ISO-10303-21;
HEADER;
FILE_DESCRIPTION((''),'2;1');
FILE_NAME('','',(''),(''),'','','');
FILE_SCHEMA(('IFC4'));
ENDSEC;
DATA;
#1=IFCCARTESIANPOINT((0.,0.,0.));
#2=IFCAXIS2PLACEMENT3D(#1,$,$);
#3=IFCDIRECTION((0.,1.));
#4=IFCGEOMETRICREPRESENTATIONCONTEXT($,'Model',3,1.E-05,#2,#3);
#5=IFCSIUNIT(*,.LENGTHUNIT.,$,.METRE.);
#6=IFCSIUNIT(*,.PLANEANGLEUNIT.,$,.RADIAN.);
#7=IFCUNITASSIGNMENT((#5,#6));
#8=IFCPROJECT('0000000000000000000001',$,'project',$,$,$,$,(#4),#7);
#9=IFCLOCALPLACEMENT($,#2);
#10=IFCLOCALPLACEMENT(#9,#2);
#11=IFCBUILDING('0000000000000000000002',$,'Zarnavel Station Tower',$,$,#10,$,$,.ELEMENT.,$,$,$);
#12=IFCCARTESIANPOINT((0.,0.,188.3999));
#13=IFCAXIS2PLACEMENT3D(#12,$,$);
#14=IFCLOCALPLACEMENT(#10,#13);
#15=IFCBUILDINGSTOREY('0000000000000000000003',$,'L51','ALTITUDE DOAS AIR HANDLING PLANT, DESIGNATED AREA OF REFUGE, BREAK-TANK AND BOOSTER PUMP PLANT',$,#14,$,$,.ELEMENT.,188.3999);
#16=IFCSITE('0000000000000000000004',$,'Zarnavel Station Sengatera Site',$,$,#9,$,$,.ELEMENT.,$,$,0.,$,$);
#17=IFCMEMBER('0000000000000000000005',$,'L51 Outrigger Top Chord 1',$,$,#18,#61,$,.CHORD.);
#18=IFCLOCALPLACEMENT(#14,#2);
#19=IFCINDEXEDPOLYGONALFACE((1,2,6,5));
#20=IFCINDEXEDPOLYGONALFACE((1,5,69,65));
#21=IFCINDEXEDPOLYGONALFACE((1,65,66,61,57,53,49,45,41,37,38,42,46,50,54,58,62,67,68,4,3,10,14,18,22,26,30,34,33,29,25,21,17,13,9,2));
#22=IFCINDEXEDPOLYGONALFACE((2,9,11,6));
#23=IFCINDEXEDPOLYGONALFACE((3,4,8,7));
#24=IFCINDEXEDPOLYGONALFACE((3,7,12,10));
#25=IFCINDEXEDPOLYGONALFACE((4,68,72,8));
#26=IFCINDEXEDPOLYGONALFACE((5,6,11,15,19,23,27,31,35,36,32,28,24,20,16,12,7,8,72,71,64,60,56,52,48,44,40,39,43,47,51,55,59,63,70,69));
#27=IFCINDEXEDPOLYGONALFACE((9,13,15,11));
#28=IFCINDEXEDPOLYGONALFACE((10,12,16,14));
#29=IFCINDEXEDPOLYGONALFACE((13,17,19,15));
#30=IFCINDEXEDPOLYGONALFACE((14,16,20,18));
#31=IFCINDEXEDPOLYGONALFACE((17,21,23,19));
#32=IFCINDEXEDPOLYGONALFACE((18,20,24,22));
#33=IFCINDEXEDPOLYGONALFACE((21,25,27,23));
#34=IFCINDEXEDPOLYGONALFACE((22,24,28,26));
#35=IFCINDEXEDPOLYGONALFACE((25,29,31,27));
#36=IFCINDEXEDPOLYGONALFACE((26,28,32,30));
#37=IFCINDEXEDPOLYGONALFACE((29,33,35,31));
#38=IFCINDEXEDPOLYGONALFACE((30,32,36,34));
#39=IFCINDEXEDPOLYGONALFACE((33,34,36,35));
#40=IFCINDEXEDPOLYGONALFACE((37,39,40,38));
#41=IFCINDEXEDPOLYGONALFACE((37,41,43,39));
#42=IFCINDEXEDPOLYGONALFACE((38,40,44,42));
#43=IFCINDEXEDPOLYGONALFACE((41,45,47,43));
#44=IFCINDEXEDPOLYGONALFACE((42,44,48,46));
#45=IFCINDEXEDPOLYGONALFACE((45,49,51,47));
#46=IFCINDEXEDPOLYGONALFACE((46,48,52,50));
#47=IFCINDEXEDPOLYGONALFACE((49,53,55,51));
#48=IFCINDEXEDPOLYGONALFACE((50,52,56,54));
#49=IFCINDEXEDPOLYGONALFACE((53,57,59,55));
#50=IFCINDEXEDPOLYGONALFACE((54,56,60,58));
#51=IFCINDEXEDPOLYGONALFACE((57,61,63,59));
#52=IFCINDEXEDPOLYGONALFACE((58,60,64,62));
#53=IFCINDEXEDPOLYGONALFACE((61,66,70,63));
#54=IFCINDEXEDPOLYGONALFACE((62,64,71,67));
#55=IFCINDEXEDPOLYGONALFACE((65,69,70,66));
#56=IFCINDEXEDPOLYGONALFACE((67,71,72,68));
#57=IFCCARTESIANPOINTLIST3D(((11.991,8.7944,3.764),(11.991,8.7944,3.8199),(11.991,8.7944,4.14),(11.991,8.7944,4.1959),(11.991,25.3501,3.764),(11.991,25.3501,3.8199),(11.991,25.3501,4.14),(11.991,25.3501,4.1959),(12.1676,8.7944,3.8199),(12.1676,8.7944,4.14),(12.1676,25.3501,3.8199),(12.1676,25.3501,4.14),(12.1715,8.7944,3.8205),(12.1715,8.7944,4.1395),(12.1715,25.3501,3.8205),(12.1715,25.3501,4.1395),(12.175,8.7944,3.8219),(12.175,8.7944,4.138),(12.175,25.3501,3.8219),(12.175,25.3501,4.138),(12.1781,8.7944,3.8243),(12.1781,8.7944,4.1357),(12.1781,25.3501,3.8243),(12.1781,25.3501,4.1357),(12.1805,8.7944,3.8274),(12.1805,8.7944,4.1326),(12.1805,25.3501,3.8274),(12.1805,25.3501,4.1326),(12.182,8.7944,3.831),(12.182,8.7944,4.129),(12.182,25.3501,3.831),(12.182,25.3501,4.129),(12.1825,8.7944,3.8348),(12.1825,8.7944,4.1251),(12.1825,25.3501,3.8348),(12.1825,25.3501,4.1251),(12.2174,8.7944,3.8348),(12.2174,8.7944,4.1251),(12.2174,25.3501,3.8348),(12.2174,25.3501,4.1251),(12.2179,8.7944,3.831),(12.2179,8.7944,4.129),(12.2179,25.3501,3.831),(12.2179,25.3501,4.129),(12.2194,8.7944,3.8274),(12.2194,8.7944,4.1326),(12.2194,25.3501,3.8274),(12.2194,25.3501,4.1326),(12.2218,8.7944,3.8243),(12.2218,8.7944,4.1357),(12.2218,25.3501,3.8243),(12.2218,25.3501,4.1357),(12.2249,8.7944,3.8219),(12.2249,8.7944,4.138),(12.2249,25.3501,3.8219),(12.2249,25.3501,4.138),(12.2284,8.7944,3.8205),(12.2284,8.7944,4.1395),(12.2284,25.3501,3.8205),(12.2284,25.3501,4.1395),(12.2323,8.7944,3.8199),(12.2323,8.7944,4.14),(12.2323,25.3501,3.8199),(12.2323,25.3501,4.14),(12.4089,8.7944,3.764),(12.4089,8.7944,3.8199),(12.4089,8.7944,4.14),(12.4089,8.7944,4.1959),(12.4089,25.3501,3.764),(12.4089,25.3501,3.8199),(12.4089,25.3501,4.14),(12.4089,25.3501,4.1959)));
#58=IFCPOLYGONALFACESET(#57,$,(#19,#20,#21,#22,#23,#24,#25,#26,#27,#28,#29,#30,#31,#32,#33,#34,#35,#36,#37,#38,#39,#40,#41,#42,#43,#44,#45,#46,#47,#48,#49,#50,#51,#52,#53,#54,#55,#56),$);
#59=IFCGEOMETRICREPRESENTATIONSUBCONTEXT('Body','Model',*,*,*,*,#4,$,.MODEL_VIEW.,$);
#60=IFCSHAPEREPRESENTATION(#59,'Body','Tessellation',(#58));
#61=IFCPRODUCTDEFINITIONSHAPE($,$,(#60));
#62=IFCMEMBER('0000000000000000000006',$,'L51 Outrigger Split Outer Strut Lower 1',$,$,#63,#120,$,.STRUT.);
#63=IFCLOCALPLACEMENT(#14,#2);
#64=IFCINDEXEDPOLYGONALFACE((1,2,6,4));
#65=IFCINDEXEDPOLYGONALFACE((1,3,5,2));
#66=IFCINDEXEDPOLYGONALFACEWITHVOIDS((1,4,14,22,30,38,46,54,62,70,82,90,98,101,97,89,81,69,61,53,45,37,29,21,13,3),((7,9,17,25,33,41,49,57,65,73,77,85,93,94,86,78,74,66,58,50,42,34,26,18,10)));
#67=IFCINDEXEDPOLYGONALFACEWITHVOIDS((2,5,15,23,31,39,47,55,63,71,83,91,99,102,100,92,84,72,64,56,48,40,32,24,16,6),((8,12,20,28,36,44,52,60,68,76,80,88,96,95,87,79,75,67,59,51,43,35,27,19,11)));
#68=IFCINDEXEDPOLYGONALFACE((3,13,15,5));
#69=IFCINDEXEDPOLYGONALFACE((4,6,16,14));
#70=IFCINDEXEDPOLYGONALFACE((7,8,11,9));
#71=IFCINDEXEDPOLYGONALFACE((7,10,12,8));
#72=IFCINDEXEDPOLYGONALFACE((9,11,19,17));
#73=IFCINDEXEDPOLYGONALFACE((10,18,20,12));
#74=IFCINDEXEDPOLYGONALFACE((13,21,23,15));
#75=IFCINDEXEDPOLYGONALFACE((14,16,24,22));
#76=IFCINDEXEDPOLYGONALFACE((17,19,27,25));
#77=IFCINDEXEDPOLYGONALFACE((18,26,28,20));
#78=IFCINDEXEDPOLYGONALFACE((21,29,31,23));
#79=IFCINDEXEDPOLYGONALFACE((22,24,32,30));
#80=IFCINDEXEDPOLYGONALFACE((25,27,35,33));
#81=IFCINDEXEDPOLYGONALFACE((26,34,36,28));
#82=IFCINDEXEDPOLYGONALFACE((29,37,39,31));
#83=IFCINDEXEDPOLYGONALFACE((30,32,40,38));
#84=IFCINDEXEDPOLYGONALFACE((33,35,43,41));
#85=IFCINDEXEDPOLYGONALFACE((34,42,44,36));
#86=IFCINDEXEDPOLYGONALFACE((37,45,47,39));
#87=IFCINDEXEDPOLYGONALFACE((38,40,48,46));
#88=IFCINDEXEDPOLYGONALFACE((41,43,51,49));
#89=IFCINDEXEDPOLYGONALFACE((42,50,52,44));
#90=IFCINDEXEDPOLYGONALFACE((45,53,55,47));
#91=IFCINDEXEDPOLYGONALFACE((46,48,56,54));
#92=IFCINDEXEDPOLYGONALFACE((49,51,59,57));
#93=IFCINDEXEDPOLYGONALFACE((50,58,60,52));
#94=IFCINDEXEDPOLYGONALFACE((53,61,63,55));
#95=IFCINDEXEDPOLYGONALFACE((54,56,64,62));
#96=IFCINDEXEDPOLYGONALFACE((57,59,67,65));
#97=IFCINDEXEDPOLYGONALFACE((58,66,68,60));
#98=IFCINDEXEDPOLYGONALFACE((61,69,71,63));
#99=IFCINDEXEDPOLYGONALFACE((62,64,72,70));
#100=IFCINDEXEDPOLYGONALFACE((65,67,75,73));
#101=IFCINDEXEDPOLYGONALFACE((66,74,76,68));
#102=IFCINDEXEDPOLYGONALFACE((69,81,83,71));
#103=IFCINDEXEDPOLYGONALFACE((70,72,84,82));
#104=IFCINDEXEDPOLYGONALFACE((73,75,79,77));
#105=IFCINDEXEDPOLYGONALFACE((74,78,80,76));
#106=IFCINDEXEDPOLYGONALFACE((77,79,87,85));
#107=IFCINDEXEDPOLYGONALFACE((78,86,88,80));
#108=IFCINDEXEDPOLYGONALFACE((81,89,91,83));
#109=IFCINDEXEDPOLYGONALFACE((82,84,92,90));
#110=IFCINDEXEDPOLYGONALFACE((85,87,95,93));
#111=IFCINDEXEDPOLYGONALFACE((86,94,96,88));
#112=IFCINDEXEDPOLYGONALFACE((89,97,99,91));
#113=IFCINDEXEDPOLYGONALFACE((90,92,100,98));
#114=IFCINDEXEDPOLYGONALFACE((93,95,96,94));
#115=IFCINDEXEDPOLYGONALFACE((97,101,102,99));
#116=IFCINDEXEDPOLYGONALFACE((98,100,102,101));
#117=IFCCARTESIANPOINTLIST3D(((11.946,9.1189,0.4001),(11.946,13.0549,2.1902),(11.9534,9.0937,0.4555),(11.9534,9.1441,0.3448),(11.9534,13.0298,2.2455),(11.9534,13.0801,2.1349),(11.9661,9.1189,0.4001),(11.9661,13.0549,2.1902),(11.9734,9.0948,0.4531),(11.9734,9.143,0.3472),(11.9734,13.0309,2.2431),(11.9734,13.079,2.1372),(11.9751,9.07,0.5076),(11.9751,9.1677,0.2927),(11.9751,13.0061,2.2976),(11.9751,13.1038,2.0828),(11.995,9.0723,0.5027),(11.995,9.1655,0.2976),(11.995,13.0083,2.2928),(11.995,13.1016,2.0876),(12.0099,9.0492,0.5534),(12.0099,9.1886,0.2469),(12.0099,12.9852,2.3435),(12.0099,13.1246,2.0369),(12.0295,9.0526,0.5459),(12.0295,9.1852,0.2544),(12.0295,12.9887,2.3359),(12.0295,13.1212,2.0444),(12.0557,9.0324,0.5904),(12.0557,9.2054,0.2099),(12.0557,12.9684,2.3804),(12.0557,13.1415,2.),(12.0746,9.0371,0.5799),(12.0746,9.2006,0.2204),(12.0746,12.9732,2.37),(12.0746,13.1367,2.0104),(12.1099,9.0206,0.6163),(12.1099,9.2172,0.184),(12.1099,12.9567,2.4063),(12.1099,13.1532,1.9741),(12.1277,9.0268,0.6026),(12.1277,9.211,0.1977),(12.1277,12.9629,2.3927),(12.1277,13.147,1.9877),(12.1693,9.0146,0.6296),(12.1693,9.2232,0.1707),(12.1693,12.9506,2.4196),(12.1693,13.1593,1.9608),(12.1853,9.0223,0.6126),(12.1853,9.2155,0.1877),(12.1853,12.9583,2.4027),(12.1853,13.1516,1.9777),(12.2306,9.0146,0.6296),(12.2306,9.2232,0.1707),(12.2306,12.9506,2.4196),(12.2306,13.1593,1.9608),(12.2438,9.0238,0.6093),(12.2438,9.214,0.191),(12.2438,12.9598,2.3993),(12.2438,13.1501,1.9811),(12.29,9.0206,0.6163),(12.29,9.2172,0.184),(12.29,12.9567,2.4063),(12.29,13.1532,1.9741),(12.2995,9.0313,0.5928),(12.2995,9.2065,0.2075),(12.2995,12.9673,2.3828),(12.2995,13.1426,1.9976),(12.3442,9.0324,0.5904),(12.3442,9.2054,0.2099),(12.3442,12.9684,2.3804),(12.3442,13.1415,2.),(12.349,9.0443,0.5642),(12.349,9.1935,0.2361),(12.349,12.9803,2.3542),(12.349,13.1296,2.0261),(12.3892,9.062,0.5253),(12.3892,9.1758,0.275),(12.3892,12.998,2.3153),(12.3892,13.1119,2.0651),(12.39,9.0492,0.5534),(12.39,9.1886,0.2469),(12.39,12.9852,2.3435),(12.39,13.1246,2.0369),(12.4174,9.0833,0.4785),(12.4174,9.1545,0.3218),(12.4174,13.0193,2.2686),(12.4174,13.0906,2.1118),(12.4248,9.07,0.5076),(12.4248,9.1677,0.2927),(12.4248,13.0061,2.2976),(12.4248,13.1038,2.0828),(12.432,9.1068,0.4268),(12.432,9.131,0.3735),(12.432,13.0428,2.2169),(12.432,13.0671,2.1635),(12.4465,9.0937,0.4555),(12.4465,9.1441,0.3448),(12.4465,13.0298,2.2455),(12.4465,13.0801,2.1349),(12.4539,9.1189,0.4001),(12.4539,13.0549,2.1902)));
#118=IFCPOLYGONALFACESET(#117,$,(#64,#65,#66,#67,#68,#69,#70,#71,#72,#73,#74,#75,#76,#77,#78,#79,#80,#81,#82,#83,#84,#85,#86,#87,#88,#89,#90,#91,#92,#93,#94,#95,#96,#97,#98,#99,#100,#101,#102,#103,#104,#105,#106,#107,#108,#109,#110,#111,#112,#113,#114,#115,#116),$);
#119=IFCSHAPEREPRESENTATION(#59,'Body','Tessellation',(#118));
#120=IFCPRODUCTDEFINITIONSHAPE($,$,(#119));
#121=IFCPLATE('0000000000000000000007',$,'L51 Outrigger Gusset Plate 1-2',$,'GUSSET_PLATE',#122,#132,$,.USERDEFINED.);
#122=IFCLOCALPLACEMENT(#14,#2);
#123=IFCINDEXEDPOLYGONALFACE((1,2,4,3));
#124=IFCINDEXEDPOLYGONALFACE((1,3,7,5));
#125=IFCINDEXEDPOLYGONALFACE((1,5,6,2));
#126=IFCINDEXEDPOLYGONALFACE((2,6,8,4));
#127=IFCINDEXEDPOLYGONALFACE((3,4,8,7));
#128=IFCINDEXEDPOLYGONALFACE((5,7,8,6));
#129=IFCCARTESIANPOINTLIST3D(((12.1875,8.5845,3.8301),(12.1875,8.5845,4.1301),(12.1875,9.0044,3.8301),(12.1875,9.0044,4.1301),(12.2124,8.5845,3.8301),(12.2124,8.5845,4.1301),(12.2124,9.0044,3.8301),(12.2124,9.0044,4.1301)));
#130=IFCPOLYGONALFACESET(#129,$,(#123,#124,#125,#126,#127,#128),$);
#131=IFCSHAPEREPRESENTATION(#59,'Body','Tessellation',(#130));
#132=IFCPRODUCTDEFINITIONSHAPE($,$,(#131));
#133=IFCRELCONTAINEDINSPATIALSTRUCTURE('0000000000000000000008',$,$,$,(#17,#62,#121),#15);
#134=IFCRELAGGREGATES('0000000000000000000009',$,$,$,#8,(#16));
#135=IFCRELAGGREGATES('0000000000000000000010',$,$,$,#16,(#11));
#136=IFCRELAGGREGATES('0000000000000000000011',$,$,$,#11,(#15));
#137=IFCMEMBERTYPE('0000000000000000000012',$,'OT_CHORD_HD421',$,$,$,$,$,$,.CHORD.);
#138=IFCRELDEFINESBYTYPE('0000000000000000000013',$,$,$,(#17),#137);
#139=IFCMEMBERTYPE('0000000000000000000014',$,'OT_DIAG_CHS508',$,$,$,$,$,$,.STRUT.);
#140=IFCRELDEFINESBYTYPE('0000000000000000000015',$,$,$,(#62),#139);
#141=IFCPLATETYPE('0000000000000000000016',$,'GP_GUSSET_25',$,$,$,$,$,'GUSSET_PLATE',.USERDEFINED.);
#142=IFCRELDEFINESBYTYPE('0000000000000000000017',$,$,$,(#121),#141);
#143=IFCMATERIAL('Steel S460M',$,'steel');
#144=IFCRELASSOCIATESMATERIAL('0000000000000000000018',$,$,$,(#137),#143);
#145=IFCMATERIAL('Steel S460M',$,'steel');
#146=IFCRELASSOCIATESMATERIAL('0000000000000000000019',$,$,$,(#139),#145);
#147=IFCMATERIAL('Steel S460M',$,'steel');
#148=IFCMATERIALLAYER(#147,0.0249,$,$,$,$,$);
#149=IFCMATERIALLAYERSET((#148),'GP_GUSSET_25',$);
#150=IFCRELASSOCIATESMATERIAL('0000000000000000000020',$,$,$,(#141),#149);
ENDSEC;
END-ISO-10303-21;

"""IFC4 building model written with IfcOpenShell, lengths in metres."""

from ifc_helpers import new_model, si_unit, direction, frame, origin, origin_2d, place, context, subcontext, project, spatial, rectangle, hollow_circle, i_section, extrude, material, layer, layer_set, material_profile, profile_set, type_object, element, save


model = new_model("IFC4")

# Units and contexts
model_context = context("Model", 3, precision=1e-05, world=origin(), true_north=direction((0.0, 1.0)))
body_context = subcontext(model_context, "Body", "Model", "MODEL_VIEW")
ifc_project = project(units=[si_unit("LENGTHUNIT", "METRE"), si_unit("PLANEANGLEUNIT", "RADIAN")], contexts=[model_context])

# Site, building, storey
site_placement = place(None, origin())
site = spatial("IfcSite", under=ifc_project, at=site_placement, Name="Zarnavel Station Sengatera Site", CompositionType="ELEMENT", RefElevation=0.0)
building_placement = place(site_placement, origin())
building = spatial("IfcBuilding", under=site, at=building_placement, Name="Zarnavel Station Tower", CompositionType="ELEMENT")
storey_placement = place(building_placement, frame((0.0, 0.0, 188.3999)))
storey = spatial("IfcBuildingStorey", under=building, at=storey_placement, Name="L51", Description="ALTITUDE DOAS AIR HANDLING PLANT, DESIGNATED AREA OF REFUGE, BREAK-TANK AND BOOSTER PUMP PLANT", CompositionType="ELEMENT", Elevation=188.3999)

# Members
ifc_material_1 = material(Name="Steel S460M", Category="steel")
ifc_material_profile_1 = material_profile(ifc_material_1, i_section(OverallWidth=0.418, OverallDepth=0.4319, WebThickness=0.0349, FlangeThickness=0.0559, FilletRadius=0.0149, at=origin_2d()), Name="HD400x421")
ifc_profile_set_1 = profile_set([ifc_material_profile_1], Name="Steel S460M")
member_type_1 = type_object("IfcMemberType", Name="OT_CHORD_HD421", PredefinedType="CHORD", material=ifc_profile_set_1)
member_1_placement = place(storey_placement, frame((12.2, 8.7944, 3.98), z_axis=(0.0, 1.0, 0.0), x_axis=(-1.0, 0.0, 0.0)))
element("IfcMember", 1, at=member_1_placement, inside=storey, type_object=member_type_1, Name="L51 Outrigger Top Chord 1", PredefinedType="CHORD", context=body_context, shape_type="SweptSolid", body=[
    extrude(i_section(OverallWidth=0.418, OverallDepth=0.4319, WebThickness=0.0349, FlangeThickness=0.0559, FilletRadius=0.0149, at=origin_2d()), origin(), (0.0, 0.0, 1.0), 16.5557),
])
ifc_material_2 = material(Name="Steel S460M", Category="steel")
ifc_material_profile_2 = material_profile(ifc_material_2, hollow_circle(Radius=0.2539, WallThickness=0.02, at=origin_2d()), Name="CHS508x20")
ifc_profile_set_2 = profile_set([ifc_material_profile_2], Name="Steel S460M")
member_type_2 = type_object("IfcMemberType", Name="OT_DIAG_CHS508", PredefinedType="STRUT", material=ifc_profile_set_2)
member_2_placement = place(storey_placement, frame((12.2, 9.1189, 0.4001), z_axis=(0.0, 0.910285, 0.413982), x_axis=(-1.0, 0.0, 0.0)))
element("IfcMember", 2, at=member_2_placement, inside=storey, type_object=member_type_2, Name="L51 Outrigger Split Outer Strut Lower 1", PredefinedType="STRUT", context=body_context, shape_type="SweptSolid", body=[
    extrude(hollow_circle(Radius=0.2539, WallThickness=0.02, at=origin_2d()), origin(), (0.0, 0.0, 1.0), 4.324),
])

# Plate
ifc_material_3 = material(Name="Steel S460M", Category="steel")
ifc_layer_1 = layer(ifc_material_3, 0.0249)
ifc_layer_set_1 = layer_set([ifc_layer_1], Name="GP_GUSSET_25")
plate_type = type_object("IfcPlateType", Name="GP_GUSSET_25", ElementType="GUSSET_PLATE", PredefinedType="USERDEFINED", material=ifc_layer_set_1)
plate_placement = place(storey_placement, frame((12.2, 8.7944, 3.8301), z_axis=(0.0, 0.0, 1.0), x_axis=(1.0, 0.0, 0.0)))
element("IfcPlate", 3, at=plate_placement, inside=storey, type_object=plate_type, Name="L51 Outrigger Gusset Plate 1-2", ObjectType="GUSSET_PLATE", PredefinedType="USERDEFINED", context=body_context, shape_type="SweptSolid", body=[
    extrude(rectangle(XDim=0.0249, YDim=0.4199, at=origin_2d()), origin(), (0.0, 0.0, 1.0), 0.3),
])

save(model, "model.ifc")
